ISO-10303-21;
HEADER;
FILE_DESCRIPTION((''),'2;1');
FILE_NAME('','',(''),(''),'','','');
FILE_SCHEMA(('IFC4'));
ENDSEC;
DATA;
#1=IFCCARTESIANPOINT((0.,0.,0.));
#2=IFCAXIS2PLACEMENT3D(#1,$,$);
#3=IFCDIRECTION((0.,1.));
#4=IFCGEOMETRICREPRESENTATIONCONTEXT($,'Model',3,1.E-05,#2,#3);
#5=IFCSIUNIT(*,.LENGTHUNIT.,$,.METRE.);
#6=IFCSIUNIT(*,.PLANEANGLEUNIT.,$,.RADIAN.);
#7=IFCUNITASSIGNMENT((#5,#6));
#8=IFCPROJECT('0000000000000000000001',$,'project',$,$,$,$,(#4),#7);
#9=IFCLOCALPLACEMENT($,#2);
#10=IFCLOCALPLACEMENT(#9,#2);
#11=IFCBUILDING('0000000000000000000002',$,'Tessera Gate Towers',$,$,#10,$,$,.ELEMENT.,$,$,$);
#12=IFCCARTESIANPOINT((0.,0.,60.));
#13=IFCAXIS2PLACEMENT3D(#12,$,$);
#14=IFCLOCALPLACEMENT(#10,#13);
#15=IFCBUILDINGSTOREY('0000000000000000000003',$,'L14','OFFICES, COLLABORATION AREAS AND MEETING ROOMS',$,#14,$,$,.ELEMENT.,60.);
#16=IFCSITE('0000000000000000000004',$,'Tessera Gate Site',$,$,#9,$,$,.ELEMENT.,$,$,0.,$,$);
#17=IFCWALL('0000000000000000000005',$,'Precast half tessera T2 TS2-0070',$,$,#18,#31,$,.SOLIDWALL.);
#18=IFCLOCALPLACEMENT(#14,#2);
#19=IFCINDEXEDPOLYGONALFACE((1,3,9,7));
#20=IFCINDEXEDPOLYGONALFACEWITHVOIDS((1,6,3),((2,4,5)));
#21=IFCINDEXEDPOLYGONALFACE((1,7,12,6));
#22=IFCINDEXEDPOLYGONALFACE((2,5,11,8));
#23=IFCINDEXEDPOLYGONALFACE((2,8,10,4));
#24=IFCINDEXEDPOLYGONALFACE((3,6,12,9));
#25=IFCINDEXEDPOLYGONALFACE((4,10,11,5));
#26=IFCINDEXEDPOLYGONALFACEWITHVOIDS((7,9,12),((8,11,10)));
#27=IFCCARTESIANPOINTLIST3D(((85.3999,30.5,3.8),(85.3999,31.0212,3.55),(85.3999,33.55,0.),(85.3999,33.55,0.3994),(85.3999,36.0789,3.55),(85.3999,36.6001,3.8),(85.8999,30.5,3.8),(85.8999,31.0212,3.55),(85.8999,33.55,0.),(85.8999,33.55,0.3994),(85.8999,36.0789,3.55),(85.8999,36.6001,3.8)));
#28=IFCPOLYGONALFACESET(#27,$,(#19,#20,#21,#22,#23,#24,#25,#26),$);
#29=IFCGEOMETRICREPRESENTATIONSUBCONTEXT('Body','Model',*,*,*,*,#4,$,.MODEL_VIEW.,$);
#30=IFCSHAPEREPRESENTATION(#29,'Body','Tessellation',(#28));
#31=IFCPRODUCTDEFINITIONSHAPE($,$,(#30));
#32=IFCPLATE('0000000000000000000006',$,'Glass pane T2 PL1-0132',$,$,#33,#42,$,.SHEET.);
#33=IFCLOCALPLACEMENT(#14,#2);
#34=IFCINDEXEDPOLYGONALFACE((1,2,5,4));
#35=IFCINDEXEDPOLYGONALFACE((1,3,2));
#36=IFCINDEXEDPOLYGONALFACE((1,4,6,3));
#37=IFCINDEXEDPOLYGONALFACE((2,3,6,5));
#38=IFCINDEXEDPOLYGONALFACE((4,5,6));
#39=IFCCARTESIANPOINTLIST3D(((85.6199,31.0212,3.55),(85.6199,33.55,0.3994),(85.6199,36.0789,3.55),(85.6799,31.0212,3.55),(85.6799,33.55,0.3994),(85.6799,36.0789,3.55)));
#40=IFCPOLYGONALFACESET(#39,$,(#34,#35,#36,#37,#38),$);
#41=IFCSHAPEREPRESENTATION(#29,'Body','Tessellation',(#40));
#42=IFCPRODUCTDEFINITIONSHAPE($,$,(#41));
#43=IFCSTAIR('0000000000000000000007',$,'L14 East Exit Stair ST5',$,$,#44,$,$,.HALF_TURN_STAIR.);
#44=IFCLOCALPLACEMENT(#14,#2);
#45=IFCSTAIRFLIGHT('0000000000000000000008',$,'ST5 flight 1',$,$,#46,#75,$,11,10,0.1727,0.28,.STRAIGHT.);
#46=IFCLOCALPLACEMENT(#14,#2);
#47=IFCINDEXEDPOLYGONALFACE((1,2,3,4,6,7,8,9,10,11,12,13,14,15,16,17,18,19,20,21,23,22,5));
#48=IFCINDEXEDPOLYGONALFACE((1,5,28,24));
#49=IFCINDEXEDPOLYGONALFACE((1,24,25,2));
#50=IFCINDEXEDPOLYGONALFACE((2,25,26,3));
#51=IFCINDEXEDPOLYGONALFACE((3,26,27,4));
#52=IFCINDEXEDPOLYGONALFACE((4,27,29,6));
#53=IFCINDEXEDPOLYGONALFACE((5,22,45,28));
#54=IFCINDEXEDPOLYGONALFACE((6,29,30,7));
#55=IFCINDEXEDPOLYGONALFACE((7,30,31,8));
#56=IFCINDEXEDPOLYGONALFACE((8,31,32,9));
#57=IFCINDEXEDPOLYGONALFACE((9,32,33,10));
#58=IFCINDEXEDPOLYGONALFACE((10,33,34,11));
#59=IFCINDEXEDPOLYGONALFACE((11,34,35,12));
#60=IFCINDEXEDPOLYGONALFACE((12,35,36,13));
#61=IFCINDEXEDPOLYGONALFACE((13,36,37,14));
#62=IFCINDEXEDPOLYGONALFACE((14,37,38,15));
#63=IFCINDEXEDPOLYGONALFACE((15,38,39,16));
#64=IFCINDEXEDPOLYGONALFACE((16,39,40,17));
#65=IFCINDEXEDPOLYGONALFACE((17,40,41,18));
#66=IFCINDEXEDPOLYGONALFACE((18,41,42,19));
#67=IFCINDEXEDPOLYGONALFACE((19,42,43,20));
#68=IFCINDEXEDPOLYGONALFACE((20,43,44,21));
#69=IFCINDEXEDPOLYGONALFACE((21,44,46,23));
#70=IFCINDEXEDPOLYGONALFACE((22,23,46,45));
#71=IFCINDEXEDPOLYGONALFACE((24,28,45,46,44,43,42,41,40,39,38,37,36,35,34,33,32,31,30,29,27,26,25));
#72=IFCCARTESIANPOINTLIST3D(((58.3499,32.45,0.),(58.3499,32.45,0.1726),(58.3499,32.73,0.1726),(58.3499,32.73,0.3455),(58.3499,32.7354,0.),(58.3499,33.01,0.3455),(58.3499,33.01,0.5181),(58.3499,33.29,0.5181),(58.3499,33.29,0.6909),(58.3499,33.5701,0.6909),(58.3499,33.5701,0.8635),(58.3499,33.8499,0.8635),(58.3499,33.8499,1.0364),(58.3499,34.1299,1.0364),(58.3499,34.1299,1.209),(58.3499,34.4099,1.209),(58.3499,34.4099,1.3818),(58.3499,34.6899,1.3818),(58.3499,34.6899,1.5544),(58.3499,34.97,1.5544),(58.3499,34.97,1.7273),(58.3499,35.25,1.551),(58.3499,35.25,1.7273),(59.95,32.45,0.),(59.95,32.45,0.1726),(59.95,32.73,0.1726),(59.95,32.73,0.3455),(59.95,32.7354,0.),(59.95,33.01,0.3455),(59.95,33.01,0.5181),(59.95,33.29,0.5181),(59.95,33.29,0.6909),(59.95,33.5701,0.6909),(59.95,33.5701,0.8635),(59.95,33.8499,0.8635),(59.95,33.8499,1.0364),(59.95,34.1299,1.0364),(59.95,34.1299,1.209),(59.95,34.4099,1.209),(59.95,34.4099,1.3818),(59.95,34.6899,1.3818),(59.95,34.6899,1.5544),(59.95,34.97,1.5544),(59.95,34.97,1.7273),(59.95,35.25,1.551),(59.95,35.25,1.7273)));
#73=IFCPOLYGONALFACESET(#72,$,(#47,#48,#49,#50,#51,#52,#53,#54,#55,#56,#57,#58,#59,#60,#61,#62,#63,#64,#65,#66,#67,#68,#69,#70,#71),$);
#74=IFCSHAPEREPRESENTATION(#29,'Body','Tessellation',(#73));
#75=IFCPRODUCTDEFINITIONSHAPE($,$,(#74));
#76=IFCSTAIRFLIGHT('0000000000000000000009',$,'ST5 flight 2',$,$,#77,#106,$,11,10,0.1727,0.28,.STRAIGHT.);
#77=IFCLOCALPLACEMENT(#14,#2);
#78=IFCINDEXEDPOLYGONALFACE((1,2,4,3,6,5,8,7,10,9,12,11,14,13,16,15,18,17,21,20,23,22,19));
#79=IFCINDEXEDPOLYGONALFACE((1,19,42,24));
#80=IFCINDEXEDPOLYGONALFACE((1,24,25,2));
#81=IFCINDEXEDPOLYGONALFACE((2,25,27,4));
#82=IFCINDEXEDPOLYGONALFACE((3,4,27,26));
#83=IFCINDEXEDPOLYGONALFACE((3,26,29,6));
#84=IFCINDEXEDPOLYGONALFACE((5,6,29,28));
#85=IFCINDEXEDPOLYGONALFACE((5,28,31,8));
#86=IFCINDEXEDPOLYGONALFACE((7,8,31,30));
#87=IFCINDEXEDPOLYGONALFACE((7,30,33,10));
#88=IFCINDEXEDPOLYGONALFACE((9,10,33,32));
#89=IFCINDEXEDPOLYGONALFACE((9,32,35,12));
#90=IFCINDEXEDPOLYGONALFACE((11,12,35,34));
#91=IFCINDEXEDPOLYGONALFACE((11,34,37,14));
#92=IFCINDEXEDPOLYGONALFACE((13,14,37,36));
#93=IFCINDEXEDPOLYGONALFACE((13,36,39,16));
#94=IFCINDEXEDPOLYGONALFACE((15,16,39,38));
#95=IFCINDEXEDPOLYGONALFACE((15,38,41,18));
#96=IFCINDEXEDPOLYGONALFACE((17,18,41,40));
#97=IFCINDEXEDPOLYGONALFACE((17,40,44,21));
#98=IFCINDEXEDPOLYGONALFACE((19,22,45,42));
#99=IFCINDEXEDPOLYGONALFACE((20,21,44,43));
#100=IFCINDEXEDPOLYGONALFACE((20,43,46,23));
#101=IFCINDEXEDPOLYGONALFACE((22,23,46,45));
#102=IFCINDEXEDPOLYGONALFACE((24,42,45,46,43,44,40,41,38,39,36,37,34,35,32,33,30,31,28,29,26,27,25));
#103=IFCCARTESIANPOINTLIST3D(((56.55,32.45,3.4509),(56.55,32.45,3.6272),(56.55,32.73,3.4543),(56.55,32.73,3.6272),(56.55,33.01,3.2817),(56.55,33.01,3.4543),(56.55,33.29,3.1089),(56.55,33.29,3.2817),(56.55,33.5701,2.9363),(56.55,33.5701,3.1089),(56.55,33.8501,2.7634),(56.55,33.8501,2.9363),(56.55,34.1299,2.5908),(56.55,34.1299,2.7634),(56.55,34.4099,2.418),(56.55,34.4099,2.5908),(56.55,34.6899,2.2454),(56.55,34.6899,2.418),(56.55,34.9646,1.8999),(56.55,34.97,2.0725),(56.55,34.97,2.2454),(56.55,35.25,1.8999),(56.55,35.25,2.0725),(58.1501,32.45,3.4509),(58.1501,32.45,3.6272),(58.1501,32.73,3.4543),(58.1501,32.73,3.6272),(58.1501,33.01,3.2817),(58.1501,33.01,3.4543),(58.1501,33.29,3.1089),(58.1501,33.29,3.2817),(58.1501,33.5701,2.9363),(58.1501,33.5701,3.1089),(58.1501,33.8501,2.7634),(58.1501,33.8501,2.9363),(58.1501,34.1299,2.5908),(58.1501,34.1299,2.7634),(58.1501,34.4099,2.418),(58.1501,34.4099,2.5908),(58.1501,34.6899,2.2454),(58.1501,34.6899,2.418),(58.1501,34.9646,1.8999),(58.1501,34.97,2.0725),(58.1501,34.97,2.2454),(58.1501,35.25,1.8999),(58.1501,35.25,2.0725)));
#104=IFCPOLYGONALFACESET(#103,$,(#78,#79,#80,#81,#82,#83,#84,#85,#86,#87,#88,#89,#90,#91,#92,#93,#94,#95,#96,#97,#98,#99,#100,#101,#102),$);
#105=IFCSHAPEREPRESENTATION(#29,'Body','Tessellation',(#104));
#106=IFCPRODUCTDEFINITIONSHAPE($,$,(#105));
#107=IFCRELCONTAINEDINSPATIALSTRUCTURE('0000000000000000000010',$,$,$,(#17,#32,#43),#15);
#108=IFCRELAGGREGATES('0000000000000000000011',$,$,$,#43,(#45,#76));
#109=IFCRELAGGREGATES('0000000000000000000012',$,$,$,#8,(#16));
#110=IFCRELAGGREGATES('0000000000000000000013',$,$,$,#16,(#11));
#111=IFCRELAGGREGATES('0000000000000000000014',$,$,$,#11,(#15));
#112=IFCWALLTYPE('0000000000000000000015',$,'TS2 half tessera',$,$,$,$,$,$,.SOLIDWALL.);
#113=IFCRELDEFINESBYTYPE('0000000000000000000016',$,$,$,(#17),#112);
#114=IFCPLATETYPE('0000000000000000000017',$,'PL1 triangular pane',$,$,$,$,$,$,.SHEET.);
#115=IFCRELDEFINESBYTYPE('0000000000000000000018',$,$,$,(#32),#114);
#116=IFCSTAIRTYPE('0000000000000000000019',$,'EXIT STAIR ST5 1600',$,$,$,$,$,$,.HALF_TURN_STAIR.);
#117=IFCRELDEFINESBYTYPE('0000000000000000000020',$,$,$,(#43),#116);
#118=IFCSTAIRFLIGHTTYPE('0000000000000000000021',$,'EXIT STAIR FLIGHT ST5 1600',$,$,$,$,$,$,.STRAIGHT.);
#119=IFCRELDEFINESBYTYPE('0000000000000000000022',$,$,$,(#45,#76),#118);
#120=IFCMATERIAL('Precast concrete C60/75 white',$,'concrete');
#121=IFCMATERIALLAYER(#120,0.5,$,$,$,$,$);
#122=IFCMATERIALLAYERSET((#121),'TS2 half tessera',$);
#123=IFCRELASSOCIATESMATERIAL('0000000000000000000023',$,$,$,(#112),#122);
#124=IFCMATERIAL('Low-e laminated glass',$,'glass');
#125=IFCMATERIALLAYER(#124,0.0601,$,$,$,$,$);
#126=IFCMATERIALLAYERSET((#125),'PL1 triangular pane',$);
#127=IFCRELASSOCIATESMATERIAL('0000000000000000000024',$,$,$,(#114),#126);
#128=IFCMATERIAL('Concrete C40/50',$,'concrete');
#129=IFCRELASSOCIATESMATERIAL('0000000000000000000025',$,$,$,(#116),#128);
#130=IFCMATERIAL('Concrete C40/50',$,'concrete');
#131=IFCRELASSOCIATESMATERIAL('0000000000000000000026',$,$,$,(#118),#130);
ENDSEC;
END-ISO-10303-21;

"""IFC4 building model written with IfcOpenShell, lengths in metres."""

from ifc_helpers import new_model, si_unit, direction, frame, origin, place, context, subcontext, project, spatial, polyline, outline, extrude, source, transform, mapped, material, layer, layer_set, type_object, element, fill, aggregate, save


model = new_model("IFC4")

# Units and contexts
model_context = context("Model", 3, precision=1e-05, world=origin(), true_north=direction((0.0, 1.0)))
body_context = subcontext(model_context, "Body", "Model", "MODEL_VIEW")
ifc_project = project(units=[si_unit("LENGTHUNIT", "METRE"), si_unit("PLANEANGLEUNIT", "RADIAN")], contexts=[model_context])

# Site, building, storey
site_placement = place(None, origin())
site = spatial("IfcSite", under=ifc_project, at=site_placement, Name="Tessera Gate Site", CompositionType="ELEMENT", RefElevation=0.0)
building_placement = place(site_placement, origin())
building = spatial("IfcBuilding", under=site, at=building_placement, Name="Tessera Gate Towers", CompositionType="ELEMENT")
storey_placement = place(building_placement, frame((0.0, 0.0, 60.0)))
storey = spatial("IfcBuildingStorey", under=building, at=storey_placement, Name="L14", Description="OFFICES, COLLABORATION AREAS AND MEETING ROOMS", CompositionType="ELEMENT", Elevation=60.0)

# Wall, opening, plate
ifc_material_1 = material(Name="Precast concrete C60/75 white", Category="concrete")
ifc_layer_1 = layer(ifc_material_1, 0.5)
ifc_layer_set_1 = layer_set([ifc_layer_1], Name="TS2 half tessera")
wall_type_1 = type_object("IfcWallType", Name="TS2 half tessera", PredefinedType="SOLIDWALL", material=ifc_layer_set_1)
shared_shape_1 = source(origin(), body_context, "Body", "SweptSolid", [
    extrude(outline(polyline([(3.05, 0.0), (6.1001, 3.8), (0.0, 3.8), (3.05, 0.0)])), frame((0.0, 0.25, 0.0), z_axis=(0.0, -1.0, 0.0), x_axis=(1.0, 0.0, 0.0)), (0.0, 0.0, 1.0), 0.5),
])
wall_1_placement = place(storey_placement, frame((85.6499, 36.6001, 0.0), z_axis=(0.0, 0.0, 1.0), x_axis=(0.0, -1.0, 0.0)))
wall_1 = element("IfcWall", 1, at=wall_1_placement, inside=storey, type_object=wall_type_1, Name="Precast half tessera T2 TS2-0070", PredefinedType="SOLIDWALL", context=body_context, shape_type="MappedRepresentation", body=[
    mapped(shared_shape_1, transform((0.0, 0.0, 0.0), scale=1.0)),
])
shared_shape_2 = source(origin(), body_context, "Body", "SweptSolid", [
    extrude(outline(polyline([(3.05, 0.3994), (5.5789, 3.55), (0.5212, 3.55), (3.05, 0.3994)])), frame((0.0, 0.26, 0.0), z_axis=(0.0, -1.0, 0.0), x_axis=(1.0, 0.0, 0.0)), (0.0, 0.0, 1.0), 0.52),
])
opening_1_placement = place(wall_1_placement, origin())
opening_1 = element("IfcOpeningElement", 2, at=opening_1_placement, cuts=wall_1, PredefinedType="OPENING", context=body_context, shape_type="MappedRepresentation", body=[
    mapped(shared_shape_2, transform((0.0, 0.0, 0.0), scale=1.0)),
])
ifc_material_2 = material(Name="Low-e laminated glass", Category="glass")
ifc_layer_2 = layer(ifc_material_2, 0.0601)
ifc_layer_set_2 = layer_set([ifc_layer_2], Name="PL1 triangular pane")
plate_type_1 = type_object("IfcPlateType", Name="PL1 triangular pane", PredefinedType="SHEET", material=ifc_layer_set_2)
shared_shape_3 = source(origin(), body_context, "Body", "SweptSolid", [
    extrude(outline(polyline([(3.05, 0.3994), (5.5789, 3.55), (0.5212, 3.55), (3.05, 0.3994)])), frame((0.0, 0.03, 0.0), z_axis=(0.0, -1.0, 0.0), x_axis=(1.0, 0.0, 0.0)), (0.0, 0.0, 1.0), 0.0601),
])
plate_1_placement = place(opening_1_placement, origin())
plate_1 = element("IfcPlate", 3, at=plate_1_placement, inside=storey, type_object=plate_type_1, Name="Glass pane T2 PL1-0132", PredefinedType="SHEET", context=body_context, shape_type="MappedRepresentation", body=[
    mapped(shared_shape_3, transform((0.0, 0.0, 0.0), scale=1.0)),
])
fill(opening_1, plate_1)

# Stair, stair flights
ifc_material_3 = material(Name="Concrete C40/50", Category="concrete")
stair_type = type_object("IfcStairType", Name="EXIT STAIR ST5 1600", PredefinedType="HALF_TURN_STAIR", material=ifc_material_3)
stair_placement = place(storey_placement, origin())
stair = element("IfcStair", 4, at=stair_placement, inside=storey, type_object=stair_type, Name="L14 East Exit Stair ST5", PredefinedType="HALF_TURN_STAIR")
ifc_material_4 = material(Name="Concrete C40/50", Category="concrete")
stair_flight_type = type_object("IfcStairFlightType", Name="EXIT STAIR FLIGHT ST5 1600", PredefinedType="STRAIGHT", material=ifc_material_4)
stair_flight_1_placement = place(storey_placement, frame((59.1499, 32.45, 0.0), z_axis=(0.0, 0.0, 1.0), x_axis=(0.0, 1.0, 0.0)))
stair_flight_1 = element("IfcStairFlight", 5, at=stair_flight_1_placement, type_object=stair_flight_type, Name="ST5 flight 1", NumberOfRisers=11, NumberOfTreads=10, PredefinedType="STRAIGHT", RiserHeight=0.1727, TreadLength=0.28, context=body_context, shape_type="SweptSolid", body=[
    extrude(outline(polyline([(0.0, 0.0), (0.0, 0.1726), (0.28, 0.1726), (0.28, 0.3455), (0.5601, 0.3455), (0.5601, 0.5181), (0.8401, 0.5181), (0.8401, 0.6909), (1.1201, 0.6909), (1.1201, 0.8635), (1.3999, 0.8635), (1.3999, 1.0364), (1.6799, 1.0364), (1.6799, 1.209), (1.96, 1.209), (1.96, 1.3818), (2.24, 1.3818), (2.24, 1.5544), (2.52, 1.5544), (2.52, 1.7273), (2.8, 1.7273), (2.8, 1.8999), (2.8, 1.551), (0.2854, 0.0), (0.0, 0.0)])), frame((0.0, 0.8, 0.0), z_axis=(0.0, -1.0, 0.0), x_axis=(1.0, 0.0, 0.0)), (0.0, 0.0, 1.0), 1.6001),
])
stair_flight_2_placement = place(storey_placement, frame((57.3501, 35.25, 1.8999), z_axis=(0.0, 0.0, 1.0), x_axis=(0.0, -1.0, 0.0)))
stair_flight_2 = element("IfcStairFlight", 6, at=stair_flight_2_placement, type_object=stair_flight_type, Name="ST5 flight 2", NumberOfRisers=11, NumberOfTreads=10, PredefinedType="STRAIGHT", RiserHeight=0.1727, TreadLength=0.28, context=body_context, shape_type="SweptSolid", body=[
    extrude(outline(polyline([(0.0, 0.0), (0.0, 0.1726), (0.28, 0.1726), (0.28, 0.3455), (0.5601, 0.3455), (0.5601, 0.5181), (0.8401, 0.5181), (0.8401, 0.6909), (1.1201, 0.6909), (1.1201, 0.8635), (1.3999, 0.8635), (1.3999, 1.0364), (1.6799, 1.0364), (1.6799, 1.209), (1.96, 1.209), (1.96, 1.3818), (2.24, 1.3818), (2.24, 1.5544), (2.52, 1.5544), (2.52, 1.7273), (2.8, 1.7273), (2.8, 1.8999), (2.8, 1.551), (0.2854, 0.0), (0.0, 0.0)])), frame((0.0, 0.8, 0.0), z_axis=(0.0, -1.0, 0.0), x_axis=(1.0, 0.0, 0.0)), (0.0, 0.0, 1.0), 1.6001),
])
aggregate(stair, [stair_flight_1, stair_flight_2])

save(model, "model.ifc")
